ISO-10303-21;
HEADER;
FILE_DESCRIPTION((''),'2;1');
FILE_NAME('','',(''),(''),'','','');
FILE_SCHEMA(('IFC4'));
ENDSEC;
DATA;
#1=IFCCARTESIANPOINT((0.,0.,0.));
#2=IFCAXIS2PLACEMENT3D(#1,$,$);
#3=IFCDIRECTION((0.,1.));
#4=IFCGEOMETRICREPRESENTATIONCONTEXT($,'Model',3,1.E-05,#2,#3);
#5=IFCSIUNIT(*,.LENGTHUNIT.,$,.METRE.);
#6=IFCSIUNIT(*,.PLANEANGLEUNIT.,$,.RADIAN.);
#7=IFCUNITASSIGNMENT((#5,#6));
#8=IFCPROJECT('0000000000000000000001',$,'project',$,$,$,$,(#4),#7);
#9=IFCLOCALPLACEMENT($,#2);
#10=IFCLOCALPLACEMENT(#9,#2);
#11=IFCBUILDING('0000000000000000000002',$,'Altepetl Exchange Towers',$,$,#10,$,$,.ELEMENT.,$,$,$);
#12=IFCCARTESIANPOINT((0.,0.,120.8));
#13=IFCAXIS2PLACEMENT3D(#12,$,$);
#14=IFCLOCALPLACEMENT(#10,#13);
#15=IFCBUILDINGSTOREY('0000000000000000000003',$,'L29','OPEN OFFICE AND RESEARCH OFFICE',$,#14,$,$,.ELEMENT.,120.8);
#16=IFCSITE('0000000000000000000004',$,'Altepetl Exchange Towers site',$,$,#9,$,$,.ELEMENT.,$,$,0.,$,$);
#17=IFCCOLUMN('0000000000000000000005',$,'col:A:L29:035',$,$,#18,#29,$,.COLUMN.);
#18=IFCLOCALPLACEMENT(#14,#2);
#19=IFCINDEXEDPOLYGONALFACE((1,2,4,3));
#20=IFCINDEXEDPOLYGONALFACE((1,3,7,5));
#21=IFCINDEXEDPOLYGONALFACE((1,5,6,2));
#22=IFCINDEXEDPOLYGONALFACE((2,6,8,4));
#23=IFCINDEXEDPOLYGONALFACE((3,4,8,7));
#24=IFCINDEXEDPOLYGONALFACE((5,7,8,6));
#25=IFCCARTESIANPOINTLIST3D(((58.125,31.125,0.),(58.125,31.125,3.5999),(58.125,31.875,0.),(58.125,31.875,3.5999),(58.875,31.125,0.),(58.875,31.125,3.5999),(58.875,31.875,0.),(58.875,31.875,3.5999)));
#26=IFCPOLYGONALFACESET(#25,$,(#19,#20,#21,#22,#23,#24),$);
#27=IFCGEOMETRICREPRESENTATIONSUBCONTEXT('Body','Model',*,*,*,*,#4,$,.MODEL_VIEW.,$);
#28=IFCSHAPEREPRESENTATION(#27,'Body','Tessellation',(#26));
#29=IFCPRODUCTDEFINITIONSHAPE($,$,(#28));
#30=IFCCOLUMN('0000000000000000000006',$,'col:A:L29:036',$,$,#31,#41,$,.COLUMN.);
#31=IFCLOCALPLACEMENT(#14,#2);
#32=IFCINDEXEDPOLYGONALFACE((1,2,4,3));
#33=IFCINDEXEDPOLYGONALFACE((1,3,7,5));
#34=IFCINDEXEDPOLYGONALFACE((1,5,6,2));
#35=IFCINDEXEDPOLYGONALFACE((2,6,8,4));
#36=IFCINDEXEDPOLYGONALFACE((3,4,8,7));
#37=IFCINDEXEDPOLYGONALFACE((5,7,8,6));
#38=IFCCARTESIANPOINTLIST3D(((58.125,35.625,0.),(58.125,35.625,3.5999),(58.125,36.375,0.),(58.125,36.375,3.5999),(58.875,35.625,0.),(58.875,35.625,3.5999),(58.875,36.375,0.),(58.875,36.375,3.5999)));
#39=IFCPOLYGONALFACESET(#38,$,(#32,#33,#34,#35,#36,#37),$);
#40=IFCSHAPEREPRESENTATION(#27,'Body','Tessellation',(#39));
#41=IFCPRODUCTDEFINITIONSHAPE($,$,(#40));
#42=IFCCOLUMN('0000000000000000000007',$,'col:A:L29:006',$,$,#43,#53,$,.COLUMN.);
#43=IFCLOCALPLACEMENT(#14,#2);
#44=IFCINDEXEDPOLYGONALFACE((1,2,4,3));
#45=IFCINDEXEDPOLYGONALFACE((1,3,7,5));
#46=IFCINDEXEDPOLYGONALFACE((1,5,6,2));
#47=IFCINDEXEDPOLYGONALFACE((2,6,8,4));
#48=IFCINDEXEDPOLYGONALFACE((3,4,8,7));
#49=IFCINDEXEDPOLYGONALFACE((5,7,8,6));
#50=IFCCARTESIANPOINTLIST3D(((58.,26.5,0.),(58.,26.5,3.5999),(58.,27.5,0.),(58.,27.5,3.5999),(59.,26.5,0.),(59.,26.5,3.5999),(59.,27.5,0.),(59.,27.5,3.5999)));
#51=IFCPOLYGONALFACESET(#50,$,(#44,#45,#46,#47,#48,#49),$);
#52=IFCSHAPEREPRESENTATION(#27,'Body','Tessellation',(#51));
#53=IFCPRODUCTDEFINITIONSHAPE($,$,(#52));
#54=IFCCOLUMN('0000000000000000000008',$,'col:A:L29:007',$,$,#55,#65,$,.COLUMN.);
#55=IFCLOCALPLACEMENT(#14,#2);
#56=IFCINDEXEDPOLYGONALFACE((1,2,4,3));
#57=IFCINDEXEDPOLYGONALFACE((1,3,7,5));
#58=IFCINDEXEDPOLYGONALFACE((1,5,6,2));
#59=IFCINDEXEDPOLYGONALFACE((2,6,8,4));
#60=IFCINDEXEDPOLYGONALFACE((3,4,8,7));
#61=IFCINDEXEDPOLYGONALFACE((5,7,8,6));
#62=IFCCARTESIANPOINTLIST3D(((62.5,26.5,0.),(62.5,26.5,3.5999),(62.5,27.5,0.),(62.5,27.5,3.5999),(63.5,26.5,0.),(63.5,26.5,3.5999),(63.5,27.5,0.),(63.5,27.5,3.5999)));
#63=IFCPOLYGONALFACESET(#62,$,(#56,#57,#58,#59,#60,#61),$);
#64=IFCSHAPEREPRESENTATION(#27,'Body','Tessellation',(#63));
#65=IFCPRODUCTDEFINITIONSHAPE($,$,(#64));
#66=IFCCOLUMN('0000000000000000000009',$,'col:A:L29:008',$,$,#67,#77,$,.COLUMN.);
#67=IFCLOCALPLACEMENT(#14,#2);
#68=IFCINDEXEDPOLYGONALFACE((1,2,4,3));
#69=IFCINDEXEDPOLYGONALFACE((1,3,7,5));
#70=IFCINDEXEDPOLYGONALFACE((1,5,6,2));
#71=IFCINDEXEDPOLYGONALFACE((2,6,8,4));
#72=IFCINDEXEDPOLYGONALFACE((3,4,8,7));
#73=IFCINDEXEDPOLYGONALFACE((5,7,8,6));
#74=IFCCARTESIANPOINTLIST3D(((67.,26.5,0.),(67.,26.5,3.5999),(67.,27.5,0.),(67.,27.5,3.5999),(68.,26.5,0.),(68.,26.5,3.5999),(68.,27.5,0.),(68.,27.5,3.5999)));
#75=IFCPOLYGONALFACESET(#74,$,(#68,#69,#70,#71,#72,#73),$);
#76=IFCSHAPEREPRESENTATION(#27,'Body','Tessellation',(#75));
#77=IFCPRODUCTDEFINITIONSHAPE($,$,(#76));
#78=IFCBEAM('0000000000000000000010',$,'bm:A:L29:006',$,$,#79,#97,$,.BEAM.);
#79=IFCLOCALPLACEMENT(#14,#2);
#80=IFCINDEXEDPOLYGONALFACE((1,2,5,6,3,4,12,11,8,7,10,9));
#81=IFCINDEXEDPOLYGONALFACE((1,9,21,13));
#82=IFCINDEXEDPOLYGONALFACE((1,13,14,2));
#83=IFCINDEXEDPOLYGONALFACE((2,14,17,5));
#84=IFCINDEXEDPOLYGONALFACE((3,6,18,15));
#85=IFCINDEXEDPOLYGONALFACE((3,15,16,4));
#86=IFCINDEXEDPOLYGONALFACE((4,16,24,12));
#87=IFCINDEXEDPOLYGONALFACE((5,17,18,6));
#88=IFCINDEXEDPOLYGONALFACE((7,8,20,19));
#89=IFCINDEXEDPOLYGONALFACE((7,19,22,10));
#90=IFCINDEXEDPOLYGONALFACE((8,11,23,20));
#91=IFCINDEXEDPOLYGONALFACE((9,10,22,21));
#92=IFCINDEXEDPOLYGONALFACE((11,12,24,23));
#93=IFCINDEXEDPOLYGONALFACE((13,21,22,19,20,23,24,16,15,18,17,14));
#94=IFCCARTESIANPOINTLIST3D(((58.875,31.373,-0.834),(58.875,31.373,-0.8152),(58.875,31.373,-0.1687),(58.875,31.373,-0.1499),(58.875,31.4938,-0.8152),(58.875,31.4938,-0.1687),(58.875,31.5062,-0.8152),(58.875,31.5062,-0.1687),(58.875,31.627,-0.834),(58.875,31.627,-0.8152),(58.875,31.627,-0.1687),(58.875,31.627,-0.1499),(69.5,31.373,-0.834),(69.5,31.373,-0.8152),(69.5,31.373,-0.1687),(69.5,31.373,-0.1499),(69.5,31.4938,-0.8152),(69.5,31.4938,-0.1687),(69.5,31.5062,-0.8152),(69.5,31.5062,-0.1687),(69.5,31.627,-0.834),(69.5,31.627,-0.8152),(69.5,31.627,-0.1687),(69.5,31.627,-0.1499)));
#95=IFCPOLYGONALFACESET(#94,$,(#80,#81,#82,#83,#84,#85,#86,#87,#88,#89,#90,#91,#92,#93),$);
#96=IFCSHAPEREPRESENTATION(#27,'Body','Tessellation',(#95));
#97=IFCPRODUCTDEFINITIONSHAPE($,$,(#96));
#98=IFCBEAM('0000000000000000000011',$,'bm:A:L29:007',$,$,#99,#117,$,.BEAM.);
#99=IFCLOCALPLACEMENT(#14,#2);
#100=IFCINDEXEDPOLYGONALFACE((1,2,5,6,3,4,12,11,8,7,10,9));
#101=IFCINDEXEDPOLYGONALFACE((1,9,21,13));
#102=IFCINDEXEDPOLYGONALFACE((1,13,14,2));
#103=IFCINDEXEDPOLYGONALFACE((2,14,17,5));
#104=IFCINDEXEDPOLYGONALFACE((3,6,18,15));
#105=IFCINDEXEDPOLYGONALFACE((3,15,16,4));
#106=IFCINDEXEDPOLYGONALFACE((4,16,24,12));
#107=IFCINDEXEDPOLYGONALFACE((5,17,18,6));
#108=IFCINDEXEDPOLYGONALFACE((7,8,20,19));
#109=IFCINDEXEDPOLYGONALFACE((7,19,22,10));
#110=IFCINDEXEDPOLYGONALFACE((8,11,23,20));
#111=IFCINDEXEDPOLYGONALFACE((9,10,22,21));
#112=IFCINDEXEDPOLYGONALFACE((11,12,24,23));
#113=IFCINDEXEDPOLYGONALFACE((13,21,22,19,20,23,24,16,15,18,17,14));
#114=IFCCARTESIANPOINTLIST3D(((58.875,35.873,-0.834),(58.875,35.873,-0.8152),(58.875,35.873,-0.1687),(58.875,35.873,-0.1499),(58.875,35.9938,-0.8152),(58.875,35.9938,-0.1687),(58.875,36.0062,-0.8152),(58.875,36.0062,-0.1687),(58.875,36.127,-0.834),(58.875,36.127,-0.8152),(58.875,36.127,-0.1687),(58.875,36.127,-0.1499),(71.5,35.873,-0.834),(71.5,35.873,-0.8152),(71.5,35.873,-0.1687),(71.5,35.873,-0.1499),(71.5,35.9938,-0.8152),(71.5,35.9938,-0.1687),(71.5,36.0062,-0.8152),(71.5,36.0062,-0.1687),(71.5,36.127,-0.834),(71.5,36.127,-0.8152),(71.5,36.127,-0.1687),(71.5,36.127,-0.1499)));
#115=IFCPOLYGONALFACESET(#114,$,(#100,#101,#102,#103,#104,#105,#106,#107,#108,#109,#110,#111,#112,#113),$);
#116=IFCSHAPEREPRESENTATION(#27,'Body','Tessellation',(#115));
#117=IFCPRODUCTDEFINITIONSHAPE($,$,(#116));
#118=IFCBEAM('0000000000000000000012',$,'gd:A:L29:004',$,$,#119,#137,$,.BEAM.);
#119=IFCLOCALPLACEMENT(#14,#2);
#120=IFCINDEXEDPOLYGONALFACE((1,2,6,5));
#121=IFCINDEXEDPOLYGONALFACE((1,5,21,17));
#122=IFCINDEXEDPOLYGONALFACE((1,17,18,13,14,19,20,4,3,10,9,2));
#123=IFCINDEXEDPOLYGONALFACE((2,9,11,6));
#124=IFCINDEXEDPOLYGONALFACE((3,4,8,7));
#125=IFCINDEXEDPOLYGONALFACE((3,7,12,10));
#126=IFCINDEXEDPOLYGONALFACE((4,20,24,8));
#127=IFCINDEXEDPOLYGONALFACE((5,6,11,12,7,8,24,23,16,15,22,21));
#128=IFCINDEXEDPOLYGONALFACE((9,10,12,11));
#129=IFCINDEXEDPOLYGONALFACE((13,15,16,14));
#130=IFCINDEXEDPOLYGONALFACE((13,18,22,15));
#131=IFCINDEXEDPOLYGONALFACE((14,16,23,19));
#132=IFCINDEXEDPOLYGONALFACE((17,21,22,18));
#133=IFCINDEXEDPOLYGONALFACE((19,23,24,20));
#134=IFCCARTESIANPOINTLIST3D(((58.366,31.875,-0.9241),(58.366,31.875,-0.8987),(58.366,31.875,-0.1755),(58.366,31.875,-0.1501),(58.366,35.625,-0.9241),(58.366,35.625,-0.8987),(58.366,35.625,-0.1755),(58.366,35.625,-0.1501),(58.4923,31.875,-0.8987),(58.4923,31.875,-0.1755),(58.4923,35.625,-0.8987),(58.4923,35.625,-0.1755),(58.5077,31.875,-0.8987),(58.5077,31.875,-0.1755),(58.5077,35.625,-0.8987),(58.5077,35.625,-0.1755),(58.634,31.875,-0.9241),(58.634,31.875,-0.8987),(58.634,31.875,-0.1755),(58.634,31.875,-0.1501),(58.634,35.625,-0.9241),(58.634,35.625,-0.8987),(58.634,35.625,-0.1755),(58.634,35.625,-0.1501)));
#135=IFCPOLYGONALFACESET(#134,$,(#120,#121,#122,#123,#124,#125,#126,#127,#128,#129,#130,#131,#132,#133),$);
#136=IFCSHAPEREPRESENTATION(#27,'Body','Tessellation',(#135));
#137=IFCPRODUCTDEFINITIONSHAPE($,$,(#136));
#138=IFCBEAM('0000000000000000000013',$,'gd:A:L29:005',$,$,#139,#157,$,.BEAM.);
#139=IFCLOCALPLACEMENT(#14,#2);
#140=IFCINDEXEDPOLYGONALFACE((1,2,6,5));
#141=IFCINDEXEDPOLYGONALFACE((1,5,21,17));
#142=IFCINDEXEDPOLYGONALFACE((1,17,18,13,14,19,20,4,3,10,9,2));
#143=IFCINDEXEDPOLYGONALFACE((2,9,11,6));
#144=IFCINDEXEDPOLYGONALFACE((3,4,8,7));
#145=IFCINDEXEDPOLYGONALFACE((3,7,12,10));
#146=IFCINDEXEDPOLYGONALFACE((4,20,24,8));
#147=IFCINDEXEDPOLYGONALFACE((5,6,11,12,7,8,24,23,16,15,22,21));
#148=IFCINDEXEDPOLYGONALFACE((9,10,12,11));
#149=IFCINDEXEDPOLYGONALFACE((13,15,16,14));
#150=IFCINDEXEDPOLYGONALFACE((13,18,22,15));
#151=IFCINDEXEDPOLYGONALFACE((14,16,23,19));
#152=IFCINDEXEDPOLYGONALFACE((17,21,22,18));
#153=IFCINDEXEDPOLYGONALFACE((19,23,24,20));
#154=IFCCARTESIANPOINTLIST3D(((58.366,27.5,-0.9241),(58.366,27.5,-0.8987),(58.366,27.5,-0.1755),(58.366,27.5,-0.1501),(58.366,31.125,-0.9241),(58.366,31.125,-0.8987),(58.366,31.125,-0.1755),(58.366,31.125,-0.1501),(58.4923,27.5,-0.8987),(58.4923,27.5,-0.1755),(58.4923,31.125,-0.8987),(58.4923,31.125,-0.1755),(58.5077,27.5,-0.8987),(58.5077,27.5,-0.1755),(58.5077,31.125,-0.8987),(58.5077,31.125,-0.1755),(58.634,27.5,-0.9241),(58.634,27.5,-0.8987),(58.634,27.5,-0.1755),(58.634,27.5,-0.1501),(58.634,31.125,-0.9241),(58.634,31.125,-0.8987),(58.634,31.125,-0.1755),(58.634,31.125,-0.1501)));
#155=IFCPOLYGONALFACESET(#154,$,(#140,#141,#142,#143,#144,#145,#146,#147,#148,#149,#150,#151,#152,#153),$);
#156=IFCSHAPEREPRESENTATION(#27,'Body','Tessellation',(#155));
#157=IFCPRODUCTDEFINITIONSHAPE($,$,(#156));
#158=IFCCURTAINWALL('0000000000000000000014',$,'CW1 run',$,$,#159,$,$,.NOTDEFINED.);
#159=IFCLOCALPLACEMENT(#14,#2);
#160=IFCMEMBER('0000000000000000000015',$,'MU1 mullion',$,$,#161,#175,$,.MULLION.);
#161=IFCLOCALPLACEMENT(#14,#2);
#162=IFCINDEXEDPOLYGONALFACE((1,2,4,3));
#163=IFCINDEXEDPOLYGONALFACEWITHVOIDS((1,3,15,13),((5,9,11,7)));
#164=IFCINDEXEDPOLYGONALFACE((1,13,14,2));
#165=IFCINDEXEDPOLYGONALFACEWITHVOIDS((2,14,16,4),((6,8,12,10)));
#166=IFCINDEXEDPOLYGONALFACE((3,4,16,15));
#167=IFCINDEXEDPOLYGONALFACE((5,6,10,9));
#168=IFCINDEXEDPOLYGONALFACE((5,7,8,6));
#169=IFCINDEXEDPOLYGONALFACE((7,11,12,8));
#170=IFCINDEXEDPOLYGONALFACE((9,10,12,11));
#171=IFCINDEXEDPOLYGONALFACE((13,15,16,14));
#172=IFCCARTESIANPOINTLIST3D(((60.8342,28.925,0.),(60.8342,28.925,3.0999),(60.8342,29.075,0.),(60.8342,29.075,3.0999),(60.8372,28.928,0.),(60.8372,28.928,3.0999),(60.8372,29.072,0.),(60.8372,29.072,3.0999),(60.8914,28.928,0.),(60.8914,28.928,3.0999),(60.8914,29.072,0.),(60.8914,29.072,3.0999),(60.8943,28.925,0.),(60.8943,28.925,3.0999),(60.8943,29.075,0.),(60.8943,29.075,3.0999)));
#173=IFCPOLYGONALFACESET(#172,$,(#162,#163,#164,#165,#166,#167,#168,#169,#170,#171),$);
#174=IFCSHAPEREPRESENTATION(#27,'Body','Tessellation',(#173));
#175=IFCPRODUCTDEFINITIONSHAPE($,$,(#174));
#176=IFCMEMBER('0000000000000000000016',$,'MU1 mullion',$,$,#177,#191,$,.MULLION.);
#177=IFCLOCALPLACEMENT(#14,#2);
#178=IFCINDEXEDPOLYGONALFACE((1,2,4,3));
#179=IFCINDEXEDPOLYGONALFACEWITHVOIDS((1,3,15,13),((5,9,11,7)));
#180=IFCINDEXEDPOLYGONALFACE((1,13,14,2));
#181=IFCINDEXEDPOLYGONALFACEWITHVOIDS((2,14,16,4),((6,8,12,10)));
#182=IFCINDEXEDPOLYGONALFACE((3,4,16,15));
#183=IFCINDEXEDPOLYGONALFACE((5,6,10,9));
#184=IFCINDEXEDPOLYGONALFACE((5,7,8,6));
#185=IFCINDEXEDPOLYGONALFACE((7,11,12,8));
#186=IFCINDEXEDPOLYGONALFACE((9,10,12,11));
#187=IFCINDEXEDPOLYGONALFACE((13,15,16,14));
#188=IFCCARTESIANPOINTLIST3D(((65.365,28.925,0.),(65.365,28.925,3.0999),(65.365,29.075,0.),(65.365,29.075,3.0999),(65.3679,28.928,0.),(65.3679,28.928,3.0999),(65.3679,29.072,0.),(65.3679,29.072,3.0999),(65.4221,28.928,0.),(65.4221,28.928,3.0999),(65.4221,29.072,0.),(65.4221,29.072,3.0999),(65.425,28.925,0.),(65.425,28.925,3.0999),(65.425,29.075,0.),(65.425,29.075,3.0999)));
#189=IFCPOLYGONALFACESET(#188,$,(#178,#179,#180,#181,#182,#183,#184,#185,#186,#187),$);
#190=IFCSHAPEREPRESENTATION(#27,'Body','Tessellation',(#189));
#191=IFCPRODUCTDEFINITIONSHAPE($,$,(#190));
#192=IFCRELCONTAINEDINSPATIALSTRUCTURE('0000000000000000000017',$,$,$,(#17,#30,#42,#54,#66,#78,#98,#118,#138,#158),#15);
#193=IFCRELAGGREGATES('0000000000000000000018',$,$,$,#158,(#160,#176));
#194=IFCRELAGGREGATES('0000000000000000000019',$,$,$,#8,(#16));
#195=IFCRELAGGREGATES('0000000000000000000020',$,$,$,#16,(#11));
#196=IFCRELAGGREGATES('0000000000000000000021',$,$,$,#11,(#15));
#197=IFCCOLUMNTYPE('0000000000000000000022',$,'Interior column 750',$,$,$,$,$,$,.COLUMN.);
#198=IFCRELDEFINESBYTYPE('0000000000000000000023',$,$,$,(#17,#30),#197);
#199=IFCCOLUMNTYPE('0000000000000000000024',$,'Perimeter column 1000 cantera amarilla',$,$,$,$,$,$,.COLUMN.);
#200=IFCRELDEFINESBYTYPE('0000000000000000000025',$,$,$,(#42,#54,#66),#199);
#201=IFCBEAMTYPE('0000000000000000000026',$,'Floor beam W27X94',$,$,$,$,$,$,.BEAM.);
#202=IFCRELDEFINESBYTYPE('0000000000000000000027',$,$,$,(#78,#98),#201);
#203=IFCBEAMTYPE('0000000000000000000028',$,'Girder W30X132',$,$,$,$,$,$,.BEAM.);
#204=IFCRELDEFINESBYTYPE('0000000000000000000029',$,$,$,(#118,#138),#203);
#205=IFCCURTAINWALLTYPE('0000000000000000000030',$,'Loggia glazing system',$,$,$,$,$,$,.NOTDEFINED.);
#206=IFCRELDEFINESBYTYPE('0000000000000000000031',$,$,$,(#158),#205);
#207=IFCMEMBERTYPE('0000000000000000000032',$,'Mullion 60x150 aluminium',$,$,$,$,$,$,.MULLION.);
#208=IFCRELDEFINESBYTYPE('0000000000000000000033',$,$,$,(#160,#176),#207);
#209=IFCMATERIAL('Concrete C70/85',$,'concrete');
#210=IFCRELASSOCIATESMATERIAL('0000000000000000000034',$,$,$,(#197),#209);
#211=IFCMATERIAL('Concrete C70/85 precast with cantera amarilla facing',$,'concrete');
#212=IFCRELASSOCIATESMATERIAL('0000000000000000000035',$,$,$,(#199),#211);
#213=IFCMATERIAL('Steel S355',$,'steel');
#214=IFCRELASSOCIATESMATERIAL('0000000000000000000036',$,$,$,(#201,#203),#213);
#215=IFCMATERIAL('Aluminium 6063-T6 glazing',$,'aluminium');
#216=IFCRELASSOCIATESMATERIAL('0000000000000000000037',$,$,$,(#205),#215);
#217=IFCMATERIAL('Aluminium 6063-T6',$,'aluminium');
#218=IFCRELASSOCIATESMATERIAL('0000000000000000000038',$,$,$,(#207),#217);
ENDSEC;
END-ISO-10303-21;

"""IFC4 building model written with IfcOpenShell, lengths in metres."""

from ifc_helpers import new_model, si_unit, direction, frame, origin, origin_2d, place, context, subcontext, project, spatial, rectangle, hollow_rectangle, i_section, extrude, material, material_profile, profile_set, type_object, element, aggregate, save


model = new_model("IFC4")

# Units and contexts
model_context = context("Model", 3, precision=1e-05, world=origin(), true_north=direction((0.0, 1.0)))
body_context = subcontext(model_context, "Body", "Model", "MODEL_VIEW")
ifc_project = project(units=[si_unit("LENGTHUNIT", "METRE"), si_unit("PLANEANGLEUNIT", "RADIAN")], contexts=[model_context])

# Site, building, storey
site_placement = place(None, origin())
site = spatial("IfcSite", under=ifc_project, at=site_placement, Name="Altepetl Exchange Towers site", CompositionType="ELEMENT", RefElevation=0.0)
building_placement = place(site_placement, origin())
building = spatial("IfcBuilding", under=site, at=building_placement, Name="Altepetl Exchange Towers", CompositionType="ELEMENT")
storey_placement = place(building_placement, frame((0.0, 0.0, 120.8)))
storey = spatial("IfcBuildingStorey", under=building, at=storey_placement, Name="L29", Description="OPEN OFFICE AND RESEARCH OFFICE", CompositionType="ELEMENT", Elevation=120.8)

# Columns
ifc_material_1 = material(Name="Concrete C70/85", Category="concrete")
ifc_material_profile_1 = material_profile(ifc_material_1, rectangle(XDim=0.75, YDim=0.75, at=origin_2d()), Name="750 x 750")
ifc_profile_set_1 = profile_set([ifc_material_profile_1], Name="Concrete C70/85")
column_type_1 = type_object("IfcColumnType", Name="Interior column 750", PredefinedType="COLUMN", material=ifc_profile_set_1)
for number, where, name in (
    (1, (58.5, 31.5, 0.0), "col:A:L29:035"),
    (2, (58.5, 36.0, 0.0), "col:A:L29:036"),
):
    element("IfcColumn", number, at=place(storey_placement, frame(where)), inside=storey, type_object=column_type_1, Name=name, PredefinedType="COLUMN", context=body_context, shape_type="SweptSolid", body=[
        extrude(rectangle(XDim=0.75, YDim=0.75, at=origin_2d()), origin(), (0.0, 0.0, 1.0), 3.5999),
    ])
ifc_material_2 = material(Name="Concrete C70/85 precast with cantera amarilla facing", Category="concrete")
ifc_material_profile_2 = material_profile(ifc_material_2, rectangle(XDim=1.0, YDim=1.0, at=origin_2d()), Name="1000 x 1000")
ifc_profile_set_2 = profile_set([ifc_material_profile_2], Name="Concrete C70/85 precast with cantera amarilla facing")
column_type_2 = type_object("IfcColumnType", Name="Perimeter column 1000 cantera amarilla", PredefinedType="COLUMN", material=ifc_profile_set_2)
for number, where, name in (
    (3, (58.5, 27.0, 0.0), "col:A:L29:006"),
    (4, (63.0, 27.0, 0.0), "col:A:L29:007"),
    (5, (67.5, 27.0, 0.0), "col:A:L29:008"),
):
    element("IfcColumn", number, at=place(storey_placement, frame(where)), inside=storey, type_object=column_type_2, Name=name, PredefinedType="COLUMN", context=body_context, shape_type="SweptSolid", body=[
        extrude(rectangle(XDim=1.0, YDim=1.0, at=origin_2d()), origin(), (0.0, 0.0, 1.0), 3.5999),
    ])

# Beams
ifc_material_3 = material(Name="Steel S355", Category="steel")
ifc_material_profile_3 = material_profile(ifc_material_3, i_section(OverallWidth=0.2539, OverallDepth=0.6841, WebThickness=0.0125, FlangeThickness=0.0188, at=origin_2d()), Name="W27X94")
ifc_profile_set_3 = profile_set([ifc_material_profile_3], Name="Steel S355")
beam_type_1 = type_object("IfcBeamType", Name="Floor beam W27X94", PredefinedType="BEAM", material=ifc_profile_set_3)
beam_1_placement = place(storey_placement, frame((58.875, 31.5, -0.4919), z_axis=(1.0, 0.0, 0.0), x_axis=(0.0, 1.0, 0.0)))
element("IfcBeam", 6, at=beam_1_placement, inside=storey, type_object=beam_type_1, Name="bm:A:L29:006", PredefinedType="BEAM", context=body_context, shape_type="SweptSolid", body=[
    extrude(i_section(OverallWidth=0.2539, OverallDepth=0.6841, WebThickness=0.0125, FlangeThickness=0.0188, at=origin_2d()), origin(), (0.0, 0.0, 1.0), 10.625),
])
beam_2_placement = place(storey_placement, frame((58.875, 36.0, -0.4919), z_axis=(1.0, 0.0, 0.0), x_axis=(0.0, 1.0, 0.0)))
element("IfcBeam", 7, at=beam_2_placement, inside=storey, type_object=beam_type_1, Name="bm:A:L29:007", PredefinedType="BEAM", context=body_context, shape_type="SweptSolid", body=[
    extrude(i_section(OverallWidth=0.2539, OverallDepth=0.6841, WebThickness=0.0125, FlangeThickness=0.0188, at=origin_2d()), origin(), (0.0, 0.0, 1.0), 12.625),
])
ifc_material_profile_4 = material_profile(ifc_material_3, i_section(OverallWidth=0.2681, OverallDepth=0.7739, WebThickness=0.0154, FlangeThickness=0.0254, at=origin_2d()), Name="W30X132")
ifc_profile_set_4 = profile_set([ifc_material_profile_4], Name="Steel S355")
beam_type_2 = type_object("IfcBeamType", Name="Girder W30X132", PredefinedType="BEAM", material=ifc_profile_set_4)
beam_3_placement = place(storey_placement, frame((58.5, 35.625, -0.5371), z_axis=(0.0, -1.0, 0.0), x_axis=(1.0, 0.0, 0.0)))
element("IfcBeam", 8, at=beam_3_placement, inside=storey, type_object=beam_type_2, Name="gd:A:L29:004", PredefinedType="BEAM", context=body_context, shape_type="SweptSolid", body=[
    extrude(i_section(OverallWidth=0.2681, OverallDepth=0.7739, WebThickness=0.0154, FlangeThickness=0.0254, at=origin_2d()), origin(), (0.0, 0.0, 1.0), 3.75),
])
beam_4_placement = place(storey_placement, frame((58.5, 31.125, -0.5371), z_axis=(0.0, -1.0, 0.0), x_axis=(1.0, 0.0, 0.0)))
element("IfcBeam", 9, at=beam_4_placement, inside=storey, type_object=beam_type_2, Name="gd:A:L29:005", PredefinedType="BEAM", context=body_context, shape_type="SweptSolid", body=[
    extrude(i_section(OverallWidth=0.2681, OverallDepth=0.7739, WebThickness=0.0154, FlangeThickness=0.0254, at=origin_2d()), origin(), (0.0, 0.0, 1.0), 3.625),
])

# Curtain wall, members
ifc_material_4 = material(Name="Aluminium 6063-T6 glazing", Category="aluminium")
curtain_wall_type = type_object("IfcCurtainWallType", Name="Loggia glazing system", PredefinedType="NOTDEFINED", material=ifc_material_4)
curtain_wall_1_placement = place(storey_placement, origin())
curtain_wall_1 = element("IfcCurtainWall", 10, at=curtain_wall_1_placement, inside=storey, type_object=curtain_wall_type, Name="CW1 run", PredefinedType="NOTDEFINED")
ifc_material_5 = material(Name="Aluminium 6063-T6", Category="aluminium")
ifc_material_profile_5 = material_profile(ifc_material_5, hollow_rectangle(XDim=0.0601, YDim=0.1499, WallThickness=0.0029, at=origin_2d()), Name="Mullion 60x150 aluminium")
ifc_profile_set_5 = profile_set([ifc_material_profile_5], Name="Aluminium 6063-T6")
member_type = type_object("IfcMemberType", Name="Mullion 60x150 aluminium", PredefinedType="MULLION", material=ifc_profile_set_5)
member_1_placement = place(storey_placement, frame((60.8643, 29.0, 0.0)))
member_1 = element("IfcMember", 11, at=member_1_placement, type_object=member_type, Name="MU1 mullion", PredefinedType="MULLION", context=body_context, shape_type="SweptSolid", body=[
    extrude(hollow_rectangle(XDim=0.0601, YDim=0.1499, WallThickness=0.0029, at=origin_2d()), origin(), (0.0, 0.0, 1.0), 3.0999),
])
member_2_placement = place(storey_placement, frame((65.395, 29.0, 0.0)))
member_2 = element("IfcMember", 12, at=member_2_placement, type_object=member_type, Name="MU1 mullion", PredefinedType="MULLION", context=body_context, shape_type="SweptSolid", body=[
    extrude(hollow_rectangle(XDim=0.0601, YDim=0.1499, WallThickness=0.0029, at=origin_2d()), origin(), (0.0, 0.0, 1.0), 3.0999),
])

aggregate(curtain_wall_1, [member_1, member_2])

save(model, "model.ifc")
